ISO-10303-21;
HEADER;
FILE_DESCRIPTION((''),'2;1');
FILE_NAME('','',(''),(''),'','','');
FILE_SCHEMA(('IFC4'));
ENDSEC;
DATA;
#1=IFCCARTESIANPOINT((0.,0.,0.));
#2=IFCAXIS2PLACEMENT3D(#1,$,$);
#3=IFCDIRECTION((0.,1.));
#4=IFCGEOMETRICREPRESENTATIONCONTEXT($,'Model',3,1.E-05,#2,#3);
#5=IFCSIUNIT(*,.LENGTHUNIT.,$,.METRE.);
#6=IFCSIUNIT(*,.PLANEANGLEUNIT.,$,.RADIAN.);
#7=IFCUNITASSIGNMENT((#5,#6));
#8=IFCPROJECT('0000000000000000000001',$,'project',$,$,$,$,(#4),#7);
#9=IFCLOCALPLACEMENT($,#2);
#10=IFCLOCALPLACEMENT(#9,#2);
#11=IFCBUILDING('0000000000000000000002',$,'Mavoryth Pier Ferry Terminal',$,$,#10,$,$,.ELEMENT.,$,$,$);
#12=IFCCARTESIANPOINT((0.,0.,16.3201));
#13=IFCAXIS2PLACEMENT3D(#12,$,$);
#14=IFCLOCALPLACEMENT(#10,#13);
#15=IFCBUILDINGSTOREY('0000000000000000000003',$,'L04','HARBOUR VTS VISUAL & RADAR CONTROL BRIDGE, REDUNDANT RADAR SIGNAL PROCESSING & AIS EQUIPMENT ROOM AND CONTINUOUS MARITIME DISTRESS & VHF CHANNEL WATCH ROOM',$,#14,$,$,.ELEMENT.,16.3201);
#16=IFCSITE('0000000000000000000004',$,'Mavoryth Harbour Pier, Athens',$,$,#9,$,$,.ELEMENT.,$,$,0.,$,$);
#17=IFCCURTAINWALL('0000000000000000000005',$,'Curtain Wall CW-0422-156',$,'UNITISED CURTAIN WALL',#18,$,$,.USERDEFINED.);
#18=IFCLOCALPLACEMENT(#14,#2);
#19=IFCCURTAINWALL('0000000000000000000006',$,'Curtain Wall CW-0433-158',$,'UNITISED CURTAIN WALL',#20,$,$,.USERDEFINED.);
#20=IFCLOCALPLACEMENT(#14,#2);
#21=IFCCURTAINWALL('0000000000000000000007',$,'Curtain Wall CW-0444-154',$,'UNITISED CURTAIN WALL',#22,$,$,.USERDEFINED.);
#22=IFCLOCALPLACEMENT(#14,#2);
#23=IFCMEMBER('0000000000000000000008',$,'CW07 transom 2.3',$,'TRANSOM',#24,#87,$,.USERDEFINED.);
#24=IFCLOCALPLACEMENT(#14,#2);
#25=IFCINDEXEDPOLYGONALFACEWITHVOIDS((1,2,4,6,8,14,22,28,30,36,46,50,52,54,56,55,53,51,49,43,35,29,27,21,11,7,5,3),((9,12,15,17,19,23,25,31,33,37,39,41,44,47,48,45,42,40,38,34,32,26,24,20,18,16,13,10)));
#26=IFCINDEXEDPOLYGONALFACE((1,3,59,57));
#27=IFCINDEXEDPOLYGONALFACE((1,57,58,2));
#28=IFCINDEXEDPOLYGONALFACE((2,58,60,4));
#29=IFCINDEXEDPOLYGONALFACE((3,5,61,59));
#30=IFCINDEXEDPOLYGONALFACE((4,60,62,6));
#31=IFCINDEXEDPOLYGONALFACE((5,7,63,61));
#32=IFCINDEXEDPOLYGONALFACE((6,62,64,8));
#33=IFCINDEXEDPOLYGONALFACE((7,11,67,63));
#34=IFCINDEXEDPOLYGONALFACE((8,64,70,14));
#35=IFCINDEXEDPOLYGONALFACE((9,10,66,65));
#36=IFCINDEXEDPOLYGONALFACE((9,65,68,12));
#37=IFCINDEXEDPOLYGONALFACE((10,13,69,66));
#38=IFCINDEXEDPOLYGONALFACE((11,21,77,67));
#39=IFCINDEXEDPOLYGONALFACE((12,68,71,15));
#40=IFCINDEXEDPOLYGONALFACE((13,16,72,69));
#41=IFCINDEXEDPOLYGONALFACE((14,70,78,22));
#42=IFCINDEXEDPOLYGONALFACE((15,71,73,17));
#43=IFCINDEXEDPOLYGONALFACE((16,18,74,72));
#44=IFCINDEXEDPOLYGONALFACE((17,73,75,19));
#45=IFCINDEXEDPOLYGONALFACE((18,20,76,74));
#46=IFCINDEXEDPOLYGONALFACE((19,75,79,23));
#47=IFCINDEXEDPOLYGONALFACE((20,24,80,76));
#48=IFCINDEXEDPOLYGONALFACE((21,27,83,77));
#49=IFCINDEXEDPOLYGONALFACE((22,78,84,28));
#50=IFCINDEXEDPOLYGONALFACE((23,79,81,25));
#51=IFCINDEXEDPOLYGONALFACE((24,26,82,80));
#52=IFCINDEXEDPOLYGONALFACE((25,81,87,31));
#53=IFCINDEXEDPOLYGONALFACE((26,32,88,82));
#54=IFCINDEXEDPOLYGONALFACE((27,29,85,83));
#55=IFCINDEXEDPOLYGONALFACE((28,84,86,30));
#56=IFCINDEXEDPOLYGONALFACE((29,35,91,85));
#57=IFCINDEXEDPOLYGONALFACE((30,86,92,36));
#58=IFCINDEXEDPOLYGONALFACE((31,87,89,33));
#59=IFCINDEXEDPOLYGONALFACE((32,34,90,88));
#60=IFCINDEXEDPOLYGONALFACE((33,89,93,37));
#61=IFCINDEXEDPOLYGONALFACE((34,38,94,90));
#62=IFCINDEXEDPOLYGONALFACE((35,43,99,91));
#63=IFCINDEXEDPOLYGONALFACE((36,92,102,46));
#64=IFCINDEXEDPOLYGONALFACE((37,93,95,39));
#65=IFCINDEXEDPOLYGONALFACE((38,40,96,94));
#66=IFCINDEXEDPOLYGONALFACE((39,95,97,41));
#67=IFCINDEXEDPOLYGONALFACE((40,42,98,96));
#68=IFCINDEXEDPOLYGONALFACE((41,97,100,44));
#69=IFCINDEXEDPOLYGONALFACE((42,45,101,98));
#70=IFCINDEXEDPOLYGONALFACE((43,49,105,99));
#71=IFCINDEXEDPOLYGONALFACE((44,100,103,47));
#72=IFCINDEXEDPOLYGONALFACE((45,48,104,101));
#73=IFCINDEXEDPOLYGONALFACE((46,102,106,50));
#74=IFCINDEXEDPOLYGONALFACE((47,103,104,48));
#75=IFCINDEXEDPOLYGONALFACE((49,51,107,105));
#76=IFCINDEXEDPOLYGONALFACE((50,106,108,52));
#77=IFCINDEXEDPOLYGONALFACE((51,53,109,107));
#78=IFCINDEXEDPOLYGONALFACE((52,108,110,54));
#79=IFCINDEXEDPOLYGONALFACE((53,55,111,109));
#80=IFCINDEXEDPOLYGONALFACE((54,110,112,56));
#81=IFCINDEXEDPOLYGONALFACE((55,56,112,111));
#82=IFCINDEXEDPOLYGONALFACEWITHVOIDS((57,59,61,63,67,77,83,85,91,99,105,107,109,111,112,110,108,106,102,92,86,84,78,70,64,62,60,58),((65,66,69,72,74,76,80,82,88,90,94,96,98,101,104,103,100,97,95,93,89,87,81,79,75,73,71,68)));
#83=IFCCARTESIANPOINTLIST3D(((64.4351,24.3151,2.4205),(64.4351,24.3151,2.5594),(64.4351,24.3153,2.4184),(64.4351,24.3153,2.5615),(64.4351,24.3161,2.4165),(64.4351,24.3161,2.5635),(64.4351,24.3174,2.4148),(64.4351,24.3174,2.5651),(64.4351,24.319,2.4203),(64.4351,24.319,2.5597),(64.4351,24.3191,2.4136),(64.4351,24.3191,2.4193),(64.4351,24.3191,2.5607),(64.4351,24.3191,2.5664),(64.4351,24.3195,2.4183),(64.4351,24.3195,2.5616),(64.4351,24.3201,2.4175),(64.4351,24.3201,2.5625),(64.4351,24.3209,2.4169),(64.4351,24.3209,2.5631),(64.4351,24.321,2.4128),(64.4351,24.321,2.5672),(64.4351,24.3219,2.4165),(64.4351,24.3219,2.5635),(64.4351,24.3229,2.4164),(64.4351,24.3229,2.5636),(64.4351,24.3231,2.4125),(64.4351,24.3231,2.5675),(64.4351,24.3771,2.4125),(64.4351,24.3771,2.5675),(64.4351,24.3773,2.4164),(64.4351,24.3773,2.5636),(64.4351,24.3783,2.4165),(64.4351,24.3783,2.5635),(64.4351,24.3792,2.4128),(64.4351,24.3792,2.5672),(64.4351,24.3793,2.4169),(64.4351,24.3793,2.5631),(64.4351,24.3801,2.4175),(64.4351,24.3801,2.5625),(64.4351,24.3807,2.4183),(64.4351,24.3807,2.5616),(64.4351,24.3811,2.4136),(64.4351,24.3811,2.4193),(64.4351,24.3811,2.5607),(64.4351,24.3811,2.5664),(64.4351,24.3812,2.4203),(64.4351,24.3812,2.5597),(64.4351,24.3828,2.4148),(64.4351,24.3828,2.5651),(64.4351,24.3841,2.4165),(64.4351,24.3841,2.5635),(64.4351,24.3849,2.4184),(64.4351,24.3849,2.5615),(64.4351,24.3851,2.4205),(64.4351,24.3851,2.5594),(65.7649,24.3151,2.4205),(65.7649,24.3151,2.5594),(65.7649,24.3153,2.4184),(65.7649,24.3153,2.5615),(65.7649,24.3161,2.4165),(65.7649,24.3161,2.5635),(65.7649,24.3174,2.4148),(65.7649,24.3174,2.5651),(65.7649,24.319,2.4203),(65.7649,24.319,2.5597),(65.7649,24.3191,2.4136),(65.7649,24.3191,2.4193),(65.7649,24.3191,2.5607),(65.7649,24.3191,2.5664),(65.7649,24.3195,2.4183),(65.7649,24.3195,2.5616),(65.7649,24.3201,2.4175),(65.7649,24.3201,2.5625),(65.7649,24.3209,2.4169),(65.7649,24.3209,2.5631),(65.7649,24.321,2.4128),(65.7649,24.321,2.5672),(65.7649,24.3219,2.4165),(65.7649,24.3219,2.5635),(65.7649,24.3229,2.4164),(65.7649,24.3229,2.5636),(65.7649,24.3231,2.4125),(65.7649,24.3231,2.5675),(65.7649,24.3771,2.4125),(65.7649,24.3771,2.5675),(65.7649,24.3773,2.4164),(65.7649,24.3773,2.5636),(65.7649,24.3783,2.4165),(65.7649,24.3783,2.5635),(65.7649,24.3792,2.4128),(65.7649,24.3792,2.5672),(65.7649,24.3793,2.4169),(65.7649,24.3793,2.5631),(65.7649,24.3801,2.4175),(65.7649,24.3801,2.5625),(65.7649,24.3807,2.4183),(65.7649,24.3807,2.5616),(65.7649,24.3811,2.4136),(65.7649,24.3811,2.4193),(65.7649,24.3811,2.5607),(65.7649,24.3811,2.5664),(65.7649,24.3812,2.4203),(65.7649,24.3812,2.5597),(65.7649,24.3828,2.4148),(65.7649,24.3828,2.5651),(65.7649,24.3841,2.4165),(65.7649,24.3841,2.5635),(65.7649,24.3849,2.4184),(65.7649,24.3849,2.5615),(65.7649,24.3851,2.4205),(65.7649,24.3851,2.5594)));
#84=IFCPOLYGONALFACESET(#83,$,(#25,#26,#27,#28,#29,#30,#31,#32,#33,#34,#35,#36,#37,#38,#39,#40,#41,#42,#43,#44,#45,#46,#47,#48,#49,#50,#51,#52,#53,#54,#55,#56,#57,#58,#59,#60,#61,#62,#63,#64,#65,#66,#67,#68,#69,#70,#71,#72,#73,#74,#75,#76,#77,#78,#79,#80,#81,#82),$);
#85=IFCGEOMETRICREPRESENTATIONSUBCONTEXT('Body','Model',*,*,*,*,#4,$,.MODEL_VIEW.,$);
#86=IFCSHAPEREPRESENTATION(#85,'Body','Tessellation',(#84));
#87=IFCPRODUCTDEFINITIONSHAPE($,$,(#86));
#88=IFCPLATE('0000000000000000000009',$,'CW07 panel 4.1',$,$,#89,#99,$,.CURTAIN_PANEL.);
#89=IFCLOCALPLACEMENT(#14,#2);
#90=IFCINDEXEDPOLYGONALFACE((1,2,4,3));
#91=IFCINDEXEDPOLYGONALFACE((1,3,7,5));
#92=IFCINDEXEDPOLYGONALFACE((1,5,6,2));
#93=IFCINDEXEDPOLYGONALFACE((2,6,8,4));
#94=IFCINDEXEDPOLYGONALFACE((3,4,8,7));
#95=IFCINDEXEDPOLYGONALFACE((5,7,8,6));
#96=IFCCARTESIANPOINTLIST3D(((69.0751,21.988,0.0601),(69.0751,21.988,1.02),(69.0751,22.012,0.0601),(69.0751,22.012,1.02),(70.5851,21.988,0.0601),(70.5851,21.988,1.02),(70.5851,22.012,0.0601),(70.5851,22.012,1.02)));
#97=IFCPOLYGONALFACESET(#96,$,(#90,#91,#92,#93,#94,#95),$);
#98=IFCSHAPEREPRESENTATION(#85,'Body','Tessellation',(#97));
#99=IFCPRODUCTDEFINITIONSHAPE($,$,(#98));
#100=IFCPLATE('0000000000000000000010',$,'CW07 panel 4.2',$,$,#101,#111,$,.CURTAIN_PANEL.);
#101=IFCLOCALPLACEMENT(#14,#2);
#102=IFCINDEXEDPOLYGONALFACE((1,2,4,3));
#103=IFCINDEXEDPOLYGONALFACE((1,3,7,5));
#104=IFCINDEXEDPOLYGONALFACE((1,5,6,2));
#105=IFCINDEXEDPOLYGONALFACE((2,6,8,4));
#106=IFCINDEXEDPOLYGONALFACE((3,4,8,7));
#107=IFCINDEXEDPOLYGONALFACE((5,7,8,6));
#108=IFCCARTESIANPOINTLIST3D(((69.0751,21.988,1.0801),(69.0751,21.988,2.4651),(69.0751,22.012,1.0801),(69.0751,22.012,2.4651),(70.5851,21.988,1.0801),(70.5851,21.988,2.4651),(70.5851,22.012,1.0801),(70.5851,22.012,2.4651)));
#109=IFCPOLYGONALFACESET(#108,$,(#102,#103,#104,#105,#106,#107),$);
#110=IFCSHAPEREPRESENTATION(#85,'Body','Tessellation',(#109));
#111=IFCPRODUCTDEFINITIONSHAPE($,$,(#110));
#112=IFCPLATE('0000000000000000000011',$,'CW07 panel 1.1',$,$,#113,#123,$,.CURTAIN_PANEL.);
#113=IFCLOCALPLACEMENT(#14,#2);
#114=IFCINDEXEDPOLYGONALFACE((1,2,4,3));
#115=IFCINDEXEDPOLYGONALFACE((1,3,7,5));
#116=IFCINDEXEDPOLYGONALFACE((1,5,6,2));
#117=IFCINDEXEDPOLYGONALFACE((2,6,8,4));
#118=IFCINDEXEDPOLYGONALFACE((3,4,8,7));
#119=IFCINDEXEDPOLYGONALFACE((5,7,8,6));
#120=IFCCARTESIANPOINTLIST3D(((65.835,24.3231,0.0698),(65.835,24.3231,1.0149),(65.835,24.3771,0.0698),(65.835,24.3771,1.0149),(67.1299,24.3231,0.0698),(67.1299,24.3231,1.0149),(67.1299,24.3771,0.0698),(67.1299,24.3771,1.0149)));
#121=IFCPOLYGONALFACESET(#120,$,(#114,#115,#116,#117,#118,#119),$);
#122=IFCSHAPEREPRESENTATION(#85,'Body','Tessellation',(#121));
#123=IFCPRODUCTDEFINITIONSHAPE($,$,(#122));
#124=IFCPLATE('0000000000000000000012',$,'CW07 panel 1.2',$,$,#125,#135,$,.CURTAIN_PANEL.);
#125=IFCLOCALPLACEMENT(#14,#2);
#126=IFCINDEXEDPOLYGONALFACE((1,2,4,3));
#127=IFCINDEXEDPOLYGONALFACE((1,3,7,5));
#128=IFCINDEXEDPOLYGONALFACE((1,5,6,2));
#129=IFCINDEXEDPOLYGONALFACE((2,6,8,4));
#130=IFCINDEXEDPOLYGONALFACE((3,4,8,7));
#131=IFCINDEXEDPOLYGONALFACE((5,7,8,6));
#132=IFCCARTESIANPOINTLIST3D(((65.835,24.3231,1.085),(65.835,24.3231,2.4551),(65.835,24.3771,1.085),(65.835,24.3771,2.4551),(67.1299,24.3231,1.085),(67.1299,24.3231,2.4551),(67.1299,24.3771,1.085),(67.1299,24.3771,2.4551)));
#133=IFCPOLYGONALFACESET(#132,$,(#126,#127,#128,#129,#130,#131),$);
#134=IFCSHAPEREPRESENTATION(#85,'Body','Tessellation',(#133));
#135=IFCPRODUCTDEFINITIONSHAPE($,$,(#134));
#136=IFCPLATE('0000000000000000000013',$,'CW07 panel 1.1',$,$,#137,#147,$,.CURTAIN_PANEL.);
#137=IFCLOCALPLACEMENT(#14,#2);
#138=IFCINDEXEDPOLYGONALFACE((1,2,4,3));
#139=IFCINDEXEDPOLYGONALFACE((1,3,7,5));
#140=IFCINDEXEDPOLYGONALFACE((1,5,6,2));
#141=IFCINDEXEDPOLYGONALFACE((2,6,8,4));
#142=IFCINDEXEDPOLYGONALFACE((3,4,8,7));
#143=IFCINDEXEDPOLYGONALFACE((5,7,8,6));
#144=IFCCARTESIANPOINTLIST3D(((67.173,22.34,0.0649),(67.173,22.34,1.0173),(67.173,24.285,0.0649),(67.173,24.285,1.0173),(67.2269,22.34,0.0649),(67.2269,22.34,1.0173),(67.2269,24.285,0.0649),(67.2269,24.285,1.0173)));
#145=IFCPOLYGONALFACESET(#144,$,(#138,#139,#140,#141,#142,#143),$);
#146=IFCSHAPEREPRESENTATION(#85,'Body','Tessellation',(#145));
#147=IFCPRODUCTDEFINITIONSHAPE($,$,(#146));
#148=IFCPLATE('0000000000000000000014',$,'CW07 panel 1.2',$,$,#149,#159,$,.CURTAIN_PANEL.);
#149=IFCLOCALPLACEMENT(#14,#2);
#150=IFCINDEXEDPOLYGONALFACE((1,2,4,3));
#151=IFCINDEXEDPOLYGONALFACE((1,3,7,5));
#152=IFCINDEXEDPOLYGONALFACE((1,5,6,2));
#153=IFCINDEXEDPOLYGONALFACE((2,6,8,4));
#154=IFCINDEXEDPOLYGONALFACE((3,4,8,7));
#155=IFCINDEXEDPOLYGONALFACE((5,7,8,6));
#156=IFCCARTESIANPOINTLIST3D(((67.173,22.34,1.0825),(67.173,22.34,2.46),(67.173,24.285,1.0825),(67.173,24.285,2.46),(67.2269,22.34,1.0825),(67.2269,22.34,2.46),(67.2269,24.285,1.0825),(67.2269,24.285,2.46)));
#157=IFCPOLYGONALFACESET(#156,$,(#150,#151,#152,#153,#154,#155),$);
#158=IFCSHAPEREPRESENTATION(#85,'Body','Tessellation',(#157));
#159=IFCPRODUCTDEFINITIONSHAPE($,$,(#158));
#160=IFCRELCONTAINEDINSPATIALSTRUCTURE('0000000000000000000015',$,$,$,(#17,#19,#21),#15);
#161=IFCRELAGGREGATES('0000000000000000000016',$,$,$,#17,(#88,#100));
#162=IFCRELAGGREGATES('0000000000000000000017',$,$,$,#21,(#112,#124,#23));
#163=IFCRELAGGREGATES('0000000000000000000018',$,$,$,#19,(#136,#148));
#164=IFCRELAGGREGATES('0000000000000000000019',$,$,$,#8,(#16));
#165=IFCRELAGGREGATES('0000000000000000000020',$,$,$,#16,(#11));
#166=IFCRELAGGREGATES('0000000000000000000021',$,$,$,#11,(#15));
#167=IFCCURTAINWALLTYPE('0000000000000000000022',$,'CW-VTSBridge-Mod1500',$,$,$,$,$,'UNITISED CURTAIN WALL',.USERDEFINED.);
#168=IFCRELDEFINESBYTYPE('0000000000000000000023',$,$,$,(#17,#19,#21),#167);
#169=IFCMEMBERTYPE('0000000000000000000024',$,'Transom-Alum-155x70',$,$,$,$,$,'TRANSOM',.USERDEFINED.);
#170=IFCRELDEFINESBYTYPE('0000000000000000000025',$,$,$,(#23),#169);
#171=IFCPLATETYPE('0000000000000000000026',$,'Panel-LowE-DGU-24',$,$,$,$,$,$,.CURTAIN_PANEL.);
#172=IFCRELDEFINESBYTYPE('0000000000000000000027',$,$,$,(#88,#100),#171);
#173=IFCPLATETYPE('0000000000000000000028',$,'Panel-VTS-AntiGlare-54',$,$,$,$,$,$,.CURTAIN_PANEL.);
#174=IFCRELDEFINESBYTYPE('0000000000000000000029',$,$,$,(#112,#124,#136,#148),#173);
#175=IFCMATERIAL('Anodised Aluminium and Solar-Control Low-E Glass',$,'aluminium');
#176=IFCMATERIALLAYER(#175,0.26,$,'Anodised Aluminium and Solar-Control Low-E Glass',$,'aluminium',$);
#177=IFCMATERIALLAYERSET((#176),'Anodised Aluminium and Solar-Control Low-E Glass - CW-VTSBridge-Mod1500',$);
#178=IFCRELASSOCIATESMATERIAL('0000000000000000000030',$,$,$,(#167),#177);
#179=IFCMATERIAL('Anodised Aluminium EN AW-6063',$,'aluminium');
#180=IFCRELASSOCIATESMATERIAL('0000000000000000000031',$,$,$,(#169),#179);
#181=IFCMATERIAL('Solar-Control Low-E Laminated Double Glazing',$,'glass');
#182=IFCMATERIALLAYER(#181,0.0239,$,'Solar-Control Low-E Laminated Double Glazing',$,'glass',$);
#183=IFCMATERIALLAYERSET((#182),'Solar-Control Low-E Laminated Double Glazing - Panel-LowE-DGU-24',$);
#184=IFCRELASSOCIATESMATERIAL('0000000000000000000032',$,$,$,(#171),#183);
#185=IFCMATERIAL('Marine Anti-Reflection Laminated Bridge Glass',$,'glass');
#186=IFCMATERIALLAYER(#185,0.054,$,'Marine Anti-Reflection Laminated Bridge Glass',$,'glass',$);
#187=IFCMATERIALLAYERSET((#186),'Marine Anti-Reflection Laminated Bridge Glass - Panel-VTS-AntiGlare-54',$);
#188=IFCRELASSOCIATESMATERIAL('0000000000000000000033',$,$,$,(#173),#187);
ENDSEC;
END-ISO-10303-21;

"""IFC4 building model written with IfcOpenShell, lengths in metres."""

from ifc_helpers import new_model, si_unit, direction, frame, origin, origin_2d, place, context, subcontext, project, spatial, rectangle, hollow_rectangle, extrude, material, layer, layer_set, material_profile, profile_set, type_object, element, aggregate, save


model = new_model("IFC4")

# Units and contexts
model_context = context("Model", 3, precision=1e-05, world=origin(), true_north=direction((0.0, 1.0)))
body_context = subcontext(model_context, "Body", "Model", "MODEL_VIEW")
ifc_project = project(units=[si_unit("LENGTHUNIT", "METRE"), si_unit("PLANEANGLEUNIT", "RADIAN")], contexts=[model_context])

# Site, building, storey
site_placement = place(None, origin())
site = spatial("IfcSite", under=ifc_project, at=site_placement, Name="Mavoryth Harbour Pier, Athens", CompositionType="ELEMENT", RefElevation=0.0)
building_placement = place(site_placement, origin())
building = spatial("IfcBuilding", under=site, at=building_placement, Name="Mavoryth Pier Ferry Terminal", CompositionType="ELEMENT")
storey_placement = place(building_placement, frame((0.0, 0.0, 16.3201)))
storey = spatial("IfcBuildingStorey", under=building, at=storey_placement, Name="L04", Description="HARBOUR VTS VISUAL & RADAR CONTROL BRIDGE, REDUNDANT RADAR SIGNAL PROCESSING & AIS EQUIPMENT ROOM AND CONTINUOUS MARITIME DISTRESS & VHF CHANNEL WATCH ROOM", CompositionType="ELEMENT", Elevation=16.3201)

# Curtain wall
ifc_material_1 = material(Name="Anodised Aluminium and Solar-Control Low-E Glass", Category="aluminium")
ifc_layer_1 = layer(ifc_material_1, 0.26, Name="Anodised Aluminium and Solar-Control Low-E Glass", Category="aluminium")
ifc_layer_set_1 = layer_set([ifc_layer_1], Name="Anodised Aluminium and Solar-Control Low-E Glass - CW-VTSBridge-Mod1500")
curtain_wall_type = type_object("IfcCurtainWallType", Name="CW-VTSBridge-Mod1500", ElementType="UNITISED CURTAIN WALL", PredefinedType="USERDEFINED", material=ifc_layer_set_1)
curtain_wall_1_placement = place(storey_placement, origin())
curtain_wall_1 = element("IfcCurtainWall", 1, at=curtain_wall_1_placement, inside=storey, type_object=curtain_wall_type, Name="Curtain Wall CW-0422-156", ObjectType="UNITISED CURTAIN WALL", PredefinedType="USERDEFINED")
ifc_material_2 = material(Name="Anodised Aluminium EN AW-6063", Category="aluminium")

# Curtain walls
curtain_wall_2_placement = place(storey_placement, origin())
curtain_wall_2 = element("IfcCurtainWall", 2, at=curtain_wall_2_placement, inside=storey, type_object=curtain_wall_type, Name="Curtain Wall CW-0433-158", ObjectType="UNITISED CURTAIN WALL", PredefinedType="USERDEFINED")
curtain_wall_3_placement = place(storey_placement, origin())
curtain_wall_3 = element("IfcCurtainWall", 3, at=curtain_wall_3_placement, inside=storey, type_object=curtain_wall_type, Name="Curtain Wall CW-0444-154", ObjectType="UNITISED CURTAIN WALL", PredefinedType="USERDEFINED")

# Member
ifc_material_profile_1 = material_profile(ifc_material_2, hollow_rectangle(XDim=0.0701, YDim=0.155, WallThickness=0.0039, InnerFilletRadius=0.0039, OuterFilletRadius=0.0081, at=origin_2d()), Name="AL-TRAN 155x70x4", Category="aluminium")
ifc_profile_set_1 = profile_set([ifc_material_profile_1], Name="Anodised Aluminium EN AW-6063 - AL-TRAN 155x70x4")
member_type_1 = type_object("IfcMemberType", Name="Transom-Alum-155x70", ElementType="TRANSOM", PredefinedType="USERDEFINED", material=ifc_profile_set_1)
member_1_placement = place(storey_placement, frame((65.7649, 24.3501, 2.49), z_axis=(-1.0, 0.0, 0.0), x_axis=(0.0, -1.0, 0.0)))
member_1 = element("IfcMember", 4, at=member_1_placement, type_object=member_type_1, Name="CW07 transom 2.3", ObjectType="TRANSOM", PredefinedType="USERDEFINED", context=body_context, shape_type="SweptSolid", body=[
    extrude(hollow_rectangle(XDim=0.0701, YDim=0.155, WallThickness=0.0039, InnerFilletRadius=0.0039, OuterFilletRadius=0.0081, at=origin_2d()), origin(), (0.0, 0.0, 1.0), 1.3298),
])

# Plates
ifc_material_3 = material(Name="Solar-Control Low-E Laminated Double Glazing", Category="glass")
ifc_layer_2 = layer(ifc_material_3, 0.0239, Name="Solar-Control Low-E Laminated Double Glazing", Category="glass")
ifc_layer_set_2 = layer_set([ifc_layer_2], Name="Solar-Control Low-E Laminated Double Glazing - Panel-LowE-DGU-24")
plate_type_1 = type_object("IfcPlateType", Name="Panel-LowE-DGU-24", PredefinedType="CURTAIN_PANEL", material=ifc_layer_set_2)
plate_1_placement = place(storey_placement, frame((69.8301, 22.0, 0.0601), z_axis=(0.0, 0.0, 1.0), x_axis=(-1.0, 0.0, 0.0)))
plate_1 = element("IfcPlate", 5, at=plate_1_placement, type_object=plate_type_1, Name="CW07 panel 4.1", PredefinedType="CURTAIN_PANEL", context=body_context, shape_type="SweptSolid", body=[
    extrude(rectangle(XDim=1.51, YDim=0.0239, at=origin_2d()), origin(), (0.0, 0.0, 1.0), 0.96),
])
plate_2_placement = place(storey_placement, frame((69.8301, 22.0, 1.0801), z_axis=(0.0, 0.0, 1.0), x_axis=(-1.0, 0.0, 0.0)))
plate_2 = element("IfcPlate", 6, at=plate_2_placement, type_object=plate_type_1, Name="CW07 panel 4.2", PredefinedType="CURTAIN_PANEL", context=body_context, shape_type="SweptSolid", body=[
    extrude(rectangle(XDim=1.51, YDim=0.0239, at=origin_2d()), origin(), (0.0, 0.0, 1.0), 1.385),
])
aggregate(curtain_wall_1, [plate_1, plate_2])
ifc_material_4 = material(Name="Marine Anti-Reflection Laminated Bridge Glass", Category="glass")
ifc_layer_3 = layer(ifc_material_4, 0.054, Name="Marine Anti-Reflection Laminated Bridge Glass", Category="glass")
ifc_layer_set_3 = layer_set([ifc_layer_3], Name="Marine Anti-Reflection Laminated Bridge Glass - Panel-VTS-AntiGlare-54")
plate_type_2 = type_object("IfcPlateType", Name="Panel-VTS-AntiGlare-54", PredefinedType="CURTAIN_PANEL", material=ifc_layer_set_3)
plate_3_placement = place(storey_placement, frame((66.4824, 24.3501, 0.0698), z_axis=(0.0, 0.0, 1.0), x_axis=(-1.0, 0.0, 0.0)))
plate_3 = element("IfcPlate", 7, at=plate_3_placement, type_object=plate_type_2, Name="CW07 panel 1.1", PredefinedType="CURTAIN_PANEL", context=body_context, shape_type="SweptSolid", body=[
    extrude(rectangle(XDim=1.2949, YDim=0.054, at=origin_2d()), origin(), (0.0, 0.0, 1.0), 0.9451),
])
plate_4_placement = place(storey_placement, frame((66.4824, 24.3501, 1.085), z_axis=(0.0, 0.0, 1.0), x_axis=(-1.0, 0.0, 0.0)))
plate_4 = element("IfcPlate", 8, at=plate_4_placement, type_object=plate_type_2, Name="CW07 panel 1.2", PredefinedType="CURTAIN_PANEL", context=body_context, shape_type="SweptSolid", body=[
    extrude(rectangle(XDim=1.2949, YDim=0.054, at=origin_2d()), origin(), (0.0, 0.0, 1.0), 1.3701),
])
aggregate(curtain_wall_3, [plate_3, plate_4, member_1])
plate_5_placement = place(storey_placement, frame((67.2, 23.3125, 0.0649), z_axis=(0.0, 0.0, 1.0), x_axis=(0.0, 1.0, 0.0)))
plate_5 = element("IfcPlate", 9, at=plate_5_placement, type_object=plate_type_2, Name="CW07 panel 1.1", PredefinedType="CURTAIN_PANEL", context=body_context, shape_type="SweptSolid", body=[
    extrude(rectangle(XDim=1.9451, YDim=0.054, at=origin_2d()), origin(), (0.0, 0.0, 1.0), 0.9524),
])
plate_6_placement = place(storey_placement, frame((67.2, 23.3125, 1.0825), z_axis=(0.0, 0.0, 1.0), x_axis=(0.0, 1.0, 0.0)))
plate_6 = element("IfcPlate", 10, at=plate_6_placement, type_object=plate_type_2, Name="CW07 panel 1.2", PredefinedType="CURTAIN_PANEL", context=body_context, shape_type="SweptSolid", body=[
    extrude(rectangle(XDim=1.9451, YDim=0.054, at=origin_2d()), origin(), (0.0, 0.0, 1.0), 1.3774),
])
aggregate(curtain_wall_2, [plate_5, plate_6])

save(model, "model.ifc")
